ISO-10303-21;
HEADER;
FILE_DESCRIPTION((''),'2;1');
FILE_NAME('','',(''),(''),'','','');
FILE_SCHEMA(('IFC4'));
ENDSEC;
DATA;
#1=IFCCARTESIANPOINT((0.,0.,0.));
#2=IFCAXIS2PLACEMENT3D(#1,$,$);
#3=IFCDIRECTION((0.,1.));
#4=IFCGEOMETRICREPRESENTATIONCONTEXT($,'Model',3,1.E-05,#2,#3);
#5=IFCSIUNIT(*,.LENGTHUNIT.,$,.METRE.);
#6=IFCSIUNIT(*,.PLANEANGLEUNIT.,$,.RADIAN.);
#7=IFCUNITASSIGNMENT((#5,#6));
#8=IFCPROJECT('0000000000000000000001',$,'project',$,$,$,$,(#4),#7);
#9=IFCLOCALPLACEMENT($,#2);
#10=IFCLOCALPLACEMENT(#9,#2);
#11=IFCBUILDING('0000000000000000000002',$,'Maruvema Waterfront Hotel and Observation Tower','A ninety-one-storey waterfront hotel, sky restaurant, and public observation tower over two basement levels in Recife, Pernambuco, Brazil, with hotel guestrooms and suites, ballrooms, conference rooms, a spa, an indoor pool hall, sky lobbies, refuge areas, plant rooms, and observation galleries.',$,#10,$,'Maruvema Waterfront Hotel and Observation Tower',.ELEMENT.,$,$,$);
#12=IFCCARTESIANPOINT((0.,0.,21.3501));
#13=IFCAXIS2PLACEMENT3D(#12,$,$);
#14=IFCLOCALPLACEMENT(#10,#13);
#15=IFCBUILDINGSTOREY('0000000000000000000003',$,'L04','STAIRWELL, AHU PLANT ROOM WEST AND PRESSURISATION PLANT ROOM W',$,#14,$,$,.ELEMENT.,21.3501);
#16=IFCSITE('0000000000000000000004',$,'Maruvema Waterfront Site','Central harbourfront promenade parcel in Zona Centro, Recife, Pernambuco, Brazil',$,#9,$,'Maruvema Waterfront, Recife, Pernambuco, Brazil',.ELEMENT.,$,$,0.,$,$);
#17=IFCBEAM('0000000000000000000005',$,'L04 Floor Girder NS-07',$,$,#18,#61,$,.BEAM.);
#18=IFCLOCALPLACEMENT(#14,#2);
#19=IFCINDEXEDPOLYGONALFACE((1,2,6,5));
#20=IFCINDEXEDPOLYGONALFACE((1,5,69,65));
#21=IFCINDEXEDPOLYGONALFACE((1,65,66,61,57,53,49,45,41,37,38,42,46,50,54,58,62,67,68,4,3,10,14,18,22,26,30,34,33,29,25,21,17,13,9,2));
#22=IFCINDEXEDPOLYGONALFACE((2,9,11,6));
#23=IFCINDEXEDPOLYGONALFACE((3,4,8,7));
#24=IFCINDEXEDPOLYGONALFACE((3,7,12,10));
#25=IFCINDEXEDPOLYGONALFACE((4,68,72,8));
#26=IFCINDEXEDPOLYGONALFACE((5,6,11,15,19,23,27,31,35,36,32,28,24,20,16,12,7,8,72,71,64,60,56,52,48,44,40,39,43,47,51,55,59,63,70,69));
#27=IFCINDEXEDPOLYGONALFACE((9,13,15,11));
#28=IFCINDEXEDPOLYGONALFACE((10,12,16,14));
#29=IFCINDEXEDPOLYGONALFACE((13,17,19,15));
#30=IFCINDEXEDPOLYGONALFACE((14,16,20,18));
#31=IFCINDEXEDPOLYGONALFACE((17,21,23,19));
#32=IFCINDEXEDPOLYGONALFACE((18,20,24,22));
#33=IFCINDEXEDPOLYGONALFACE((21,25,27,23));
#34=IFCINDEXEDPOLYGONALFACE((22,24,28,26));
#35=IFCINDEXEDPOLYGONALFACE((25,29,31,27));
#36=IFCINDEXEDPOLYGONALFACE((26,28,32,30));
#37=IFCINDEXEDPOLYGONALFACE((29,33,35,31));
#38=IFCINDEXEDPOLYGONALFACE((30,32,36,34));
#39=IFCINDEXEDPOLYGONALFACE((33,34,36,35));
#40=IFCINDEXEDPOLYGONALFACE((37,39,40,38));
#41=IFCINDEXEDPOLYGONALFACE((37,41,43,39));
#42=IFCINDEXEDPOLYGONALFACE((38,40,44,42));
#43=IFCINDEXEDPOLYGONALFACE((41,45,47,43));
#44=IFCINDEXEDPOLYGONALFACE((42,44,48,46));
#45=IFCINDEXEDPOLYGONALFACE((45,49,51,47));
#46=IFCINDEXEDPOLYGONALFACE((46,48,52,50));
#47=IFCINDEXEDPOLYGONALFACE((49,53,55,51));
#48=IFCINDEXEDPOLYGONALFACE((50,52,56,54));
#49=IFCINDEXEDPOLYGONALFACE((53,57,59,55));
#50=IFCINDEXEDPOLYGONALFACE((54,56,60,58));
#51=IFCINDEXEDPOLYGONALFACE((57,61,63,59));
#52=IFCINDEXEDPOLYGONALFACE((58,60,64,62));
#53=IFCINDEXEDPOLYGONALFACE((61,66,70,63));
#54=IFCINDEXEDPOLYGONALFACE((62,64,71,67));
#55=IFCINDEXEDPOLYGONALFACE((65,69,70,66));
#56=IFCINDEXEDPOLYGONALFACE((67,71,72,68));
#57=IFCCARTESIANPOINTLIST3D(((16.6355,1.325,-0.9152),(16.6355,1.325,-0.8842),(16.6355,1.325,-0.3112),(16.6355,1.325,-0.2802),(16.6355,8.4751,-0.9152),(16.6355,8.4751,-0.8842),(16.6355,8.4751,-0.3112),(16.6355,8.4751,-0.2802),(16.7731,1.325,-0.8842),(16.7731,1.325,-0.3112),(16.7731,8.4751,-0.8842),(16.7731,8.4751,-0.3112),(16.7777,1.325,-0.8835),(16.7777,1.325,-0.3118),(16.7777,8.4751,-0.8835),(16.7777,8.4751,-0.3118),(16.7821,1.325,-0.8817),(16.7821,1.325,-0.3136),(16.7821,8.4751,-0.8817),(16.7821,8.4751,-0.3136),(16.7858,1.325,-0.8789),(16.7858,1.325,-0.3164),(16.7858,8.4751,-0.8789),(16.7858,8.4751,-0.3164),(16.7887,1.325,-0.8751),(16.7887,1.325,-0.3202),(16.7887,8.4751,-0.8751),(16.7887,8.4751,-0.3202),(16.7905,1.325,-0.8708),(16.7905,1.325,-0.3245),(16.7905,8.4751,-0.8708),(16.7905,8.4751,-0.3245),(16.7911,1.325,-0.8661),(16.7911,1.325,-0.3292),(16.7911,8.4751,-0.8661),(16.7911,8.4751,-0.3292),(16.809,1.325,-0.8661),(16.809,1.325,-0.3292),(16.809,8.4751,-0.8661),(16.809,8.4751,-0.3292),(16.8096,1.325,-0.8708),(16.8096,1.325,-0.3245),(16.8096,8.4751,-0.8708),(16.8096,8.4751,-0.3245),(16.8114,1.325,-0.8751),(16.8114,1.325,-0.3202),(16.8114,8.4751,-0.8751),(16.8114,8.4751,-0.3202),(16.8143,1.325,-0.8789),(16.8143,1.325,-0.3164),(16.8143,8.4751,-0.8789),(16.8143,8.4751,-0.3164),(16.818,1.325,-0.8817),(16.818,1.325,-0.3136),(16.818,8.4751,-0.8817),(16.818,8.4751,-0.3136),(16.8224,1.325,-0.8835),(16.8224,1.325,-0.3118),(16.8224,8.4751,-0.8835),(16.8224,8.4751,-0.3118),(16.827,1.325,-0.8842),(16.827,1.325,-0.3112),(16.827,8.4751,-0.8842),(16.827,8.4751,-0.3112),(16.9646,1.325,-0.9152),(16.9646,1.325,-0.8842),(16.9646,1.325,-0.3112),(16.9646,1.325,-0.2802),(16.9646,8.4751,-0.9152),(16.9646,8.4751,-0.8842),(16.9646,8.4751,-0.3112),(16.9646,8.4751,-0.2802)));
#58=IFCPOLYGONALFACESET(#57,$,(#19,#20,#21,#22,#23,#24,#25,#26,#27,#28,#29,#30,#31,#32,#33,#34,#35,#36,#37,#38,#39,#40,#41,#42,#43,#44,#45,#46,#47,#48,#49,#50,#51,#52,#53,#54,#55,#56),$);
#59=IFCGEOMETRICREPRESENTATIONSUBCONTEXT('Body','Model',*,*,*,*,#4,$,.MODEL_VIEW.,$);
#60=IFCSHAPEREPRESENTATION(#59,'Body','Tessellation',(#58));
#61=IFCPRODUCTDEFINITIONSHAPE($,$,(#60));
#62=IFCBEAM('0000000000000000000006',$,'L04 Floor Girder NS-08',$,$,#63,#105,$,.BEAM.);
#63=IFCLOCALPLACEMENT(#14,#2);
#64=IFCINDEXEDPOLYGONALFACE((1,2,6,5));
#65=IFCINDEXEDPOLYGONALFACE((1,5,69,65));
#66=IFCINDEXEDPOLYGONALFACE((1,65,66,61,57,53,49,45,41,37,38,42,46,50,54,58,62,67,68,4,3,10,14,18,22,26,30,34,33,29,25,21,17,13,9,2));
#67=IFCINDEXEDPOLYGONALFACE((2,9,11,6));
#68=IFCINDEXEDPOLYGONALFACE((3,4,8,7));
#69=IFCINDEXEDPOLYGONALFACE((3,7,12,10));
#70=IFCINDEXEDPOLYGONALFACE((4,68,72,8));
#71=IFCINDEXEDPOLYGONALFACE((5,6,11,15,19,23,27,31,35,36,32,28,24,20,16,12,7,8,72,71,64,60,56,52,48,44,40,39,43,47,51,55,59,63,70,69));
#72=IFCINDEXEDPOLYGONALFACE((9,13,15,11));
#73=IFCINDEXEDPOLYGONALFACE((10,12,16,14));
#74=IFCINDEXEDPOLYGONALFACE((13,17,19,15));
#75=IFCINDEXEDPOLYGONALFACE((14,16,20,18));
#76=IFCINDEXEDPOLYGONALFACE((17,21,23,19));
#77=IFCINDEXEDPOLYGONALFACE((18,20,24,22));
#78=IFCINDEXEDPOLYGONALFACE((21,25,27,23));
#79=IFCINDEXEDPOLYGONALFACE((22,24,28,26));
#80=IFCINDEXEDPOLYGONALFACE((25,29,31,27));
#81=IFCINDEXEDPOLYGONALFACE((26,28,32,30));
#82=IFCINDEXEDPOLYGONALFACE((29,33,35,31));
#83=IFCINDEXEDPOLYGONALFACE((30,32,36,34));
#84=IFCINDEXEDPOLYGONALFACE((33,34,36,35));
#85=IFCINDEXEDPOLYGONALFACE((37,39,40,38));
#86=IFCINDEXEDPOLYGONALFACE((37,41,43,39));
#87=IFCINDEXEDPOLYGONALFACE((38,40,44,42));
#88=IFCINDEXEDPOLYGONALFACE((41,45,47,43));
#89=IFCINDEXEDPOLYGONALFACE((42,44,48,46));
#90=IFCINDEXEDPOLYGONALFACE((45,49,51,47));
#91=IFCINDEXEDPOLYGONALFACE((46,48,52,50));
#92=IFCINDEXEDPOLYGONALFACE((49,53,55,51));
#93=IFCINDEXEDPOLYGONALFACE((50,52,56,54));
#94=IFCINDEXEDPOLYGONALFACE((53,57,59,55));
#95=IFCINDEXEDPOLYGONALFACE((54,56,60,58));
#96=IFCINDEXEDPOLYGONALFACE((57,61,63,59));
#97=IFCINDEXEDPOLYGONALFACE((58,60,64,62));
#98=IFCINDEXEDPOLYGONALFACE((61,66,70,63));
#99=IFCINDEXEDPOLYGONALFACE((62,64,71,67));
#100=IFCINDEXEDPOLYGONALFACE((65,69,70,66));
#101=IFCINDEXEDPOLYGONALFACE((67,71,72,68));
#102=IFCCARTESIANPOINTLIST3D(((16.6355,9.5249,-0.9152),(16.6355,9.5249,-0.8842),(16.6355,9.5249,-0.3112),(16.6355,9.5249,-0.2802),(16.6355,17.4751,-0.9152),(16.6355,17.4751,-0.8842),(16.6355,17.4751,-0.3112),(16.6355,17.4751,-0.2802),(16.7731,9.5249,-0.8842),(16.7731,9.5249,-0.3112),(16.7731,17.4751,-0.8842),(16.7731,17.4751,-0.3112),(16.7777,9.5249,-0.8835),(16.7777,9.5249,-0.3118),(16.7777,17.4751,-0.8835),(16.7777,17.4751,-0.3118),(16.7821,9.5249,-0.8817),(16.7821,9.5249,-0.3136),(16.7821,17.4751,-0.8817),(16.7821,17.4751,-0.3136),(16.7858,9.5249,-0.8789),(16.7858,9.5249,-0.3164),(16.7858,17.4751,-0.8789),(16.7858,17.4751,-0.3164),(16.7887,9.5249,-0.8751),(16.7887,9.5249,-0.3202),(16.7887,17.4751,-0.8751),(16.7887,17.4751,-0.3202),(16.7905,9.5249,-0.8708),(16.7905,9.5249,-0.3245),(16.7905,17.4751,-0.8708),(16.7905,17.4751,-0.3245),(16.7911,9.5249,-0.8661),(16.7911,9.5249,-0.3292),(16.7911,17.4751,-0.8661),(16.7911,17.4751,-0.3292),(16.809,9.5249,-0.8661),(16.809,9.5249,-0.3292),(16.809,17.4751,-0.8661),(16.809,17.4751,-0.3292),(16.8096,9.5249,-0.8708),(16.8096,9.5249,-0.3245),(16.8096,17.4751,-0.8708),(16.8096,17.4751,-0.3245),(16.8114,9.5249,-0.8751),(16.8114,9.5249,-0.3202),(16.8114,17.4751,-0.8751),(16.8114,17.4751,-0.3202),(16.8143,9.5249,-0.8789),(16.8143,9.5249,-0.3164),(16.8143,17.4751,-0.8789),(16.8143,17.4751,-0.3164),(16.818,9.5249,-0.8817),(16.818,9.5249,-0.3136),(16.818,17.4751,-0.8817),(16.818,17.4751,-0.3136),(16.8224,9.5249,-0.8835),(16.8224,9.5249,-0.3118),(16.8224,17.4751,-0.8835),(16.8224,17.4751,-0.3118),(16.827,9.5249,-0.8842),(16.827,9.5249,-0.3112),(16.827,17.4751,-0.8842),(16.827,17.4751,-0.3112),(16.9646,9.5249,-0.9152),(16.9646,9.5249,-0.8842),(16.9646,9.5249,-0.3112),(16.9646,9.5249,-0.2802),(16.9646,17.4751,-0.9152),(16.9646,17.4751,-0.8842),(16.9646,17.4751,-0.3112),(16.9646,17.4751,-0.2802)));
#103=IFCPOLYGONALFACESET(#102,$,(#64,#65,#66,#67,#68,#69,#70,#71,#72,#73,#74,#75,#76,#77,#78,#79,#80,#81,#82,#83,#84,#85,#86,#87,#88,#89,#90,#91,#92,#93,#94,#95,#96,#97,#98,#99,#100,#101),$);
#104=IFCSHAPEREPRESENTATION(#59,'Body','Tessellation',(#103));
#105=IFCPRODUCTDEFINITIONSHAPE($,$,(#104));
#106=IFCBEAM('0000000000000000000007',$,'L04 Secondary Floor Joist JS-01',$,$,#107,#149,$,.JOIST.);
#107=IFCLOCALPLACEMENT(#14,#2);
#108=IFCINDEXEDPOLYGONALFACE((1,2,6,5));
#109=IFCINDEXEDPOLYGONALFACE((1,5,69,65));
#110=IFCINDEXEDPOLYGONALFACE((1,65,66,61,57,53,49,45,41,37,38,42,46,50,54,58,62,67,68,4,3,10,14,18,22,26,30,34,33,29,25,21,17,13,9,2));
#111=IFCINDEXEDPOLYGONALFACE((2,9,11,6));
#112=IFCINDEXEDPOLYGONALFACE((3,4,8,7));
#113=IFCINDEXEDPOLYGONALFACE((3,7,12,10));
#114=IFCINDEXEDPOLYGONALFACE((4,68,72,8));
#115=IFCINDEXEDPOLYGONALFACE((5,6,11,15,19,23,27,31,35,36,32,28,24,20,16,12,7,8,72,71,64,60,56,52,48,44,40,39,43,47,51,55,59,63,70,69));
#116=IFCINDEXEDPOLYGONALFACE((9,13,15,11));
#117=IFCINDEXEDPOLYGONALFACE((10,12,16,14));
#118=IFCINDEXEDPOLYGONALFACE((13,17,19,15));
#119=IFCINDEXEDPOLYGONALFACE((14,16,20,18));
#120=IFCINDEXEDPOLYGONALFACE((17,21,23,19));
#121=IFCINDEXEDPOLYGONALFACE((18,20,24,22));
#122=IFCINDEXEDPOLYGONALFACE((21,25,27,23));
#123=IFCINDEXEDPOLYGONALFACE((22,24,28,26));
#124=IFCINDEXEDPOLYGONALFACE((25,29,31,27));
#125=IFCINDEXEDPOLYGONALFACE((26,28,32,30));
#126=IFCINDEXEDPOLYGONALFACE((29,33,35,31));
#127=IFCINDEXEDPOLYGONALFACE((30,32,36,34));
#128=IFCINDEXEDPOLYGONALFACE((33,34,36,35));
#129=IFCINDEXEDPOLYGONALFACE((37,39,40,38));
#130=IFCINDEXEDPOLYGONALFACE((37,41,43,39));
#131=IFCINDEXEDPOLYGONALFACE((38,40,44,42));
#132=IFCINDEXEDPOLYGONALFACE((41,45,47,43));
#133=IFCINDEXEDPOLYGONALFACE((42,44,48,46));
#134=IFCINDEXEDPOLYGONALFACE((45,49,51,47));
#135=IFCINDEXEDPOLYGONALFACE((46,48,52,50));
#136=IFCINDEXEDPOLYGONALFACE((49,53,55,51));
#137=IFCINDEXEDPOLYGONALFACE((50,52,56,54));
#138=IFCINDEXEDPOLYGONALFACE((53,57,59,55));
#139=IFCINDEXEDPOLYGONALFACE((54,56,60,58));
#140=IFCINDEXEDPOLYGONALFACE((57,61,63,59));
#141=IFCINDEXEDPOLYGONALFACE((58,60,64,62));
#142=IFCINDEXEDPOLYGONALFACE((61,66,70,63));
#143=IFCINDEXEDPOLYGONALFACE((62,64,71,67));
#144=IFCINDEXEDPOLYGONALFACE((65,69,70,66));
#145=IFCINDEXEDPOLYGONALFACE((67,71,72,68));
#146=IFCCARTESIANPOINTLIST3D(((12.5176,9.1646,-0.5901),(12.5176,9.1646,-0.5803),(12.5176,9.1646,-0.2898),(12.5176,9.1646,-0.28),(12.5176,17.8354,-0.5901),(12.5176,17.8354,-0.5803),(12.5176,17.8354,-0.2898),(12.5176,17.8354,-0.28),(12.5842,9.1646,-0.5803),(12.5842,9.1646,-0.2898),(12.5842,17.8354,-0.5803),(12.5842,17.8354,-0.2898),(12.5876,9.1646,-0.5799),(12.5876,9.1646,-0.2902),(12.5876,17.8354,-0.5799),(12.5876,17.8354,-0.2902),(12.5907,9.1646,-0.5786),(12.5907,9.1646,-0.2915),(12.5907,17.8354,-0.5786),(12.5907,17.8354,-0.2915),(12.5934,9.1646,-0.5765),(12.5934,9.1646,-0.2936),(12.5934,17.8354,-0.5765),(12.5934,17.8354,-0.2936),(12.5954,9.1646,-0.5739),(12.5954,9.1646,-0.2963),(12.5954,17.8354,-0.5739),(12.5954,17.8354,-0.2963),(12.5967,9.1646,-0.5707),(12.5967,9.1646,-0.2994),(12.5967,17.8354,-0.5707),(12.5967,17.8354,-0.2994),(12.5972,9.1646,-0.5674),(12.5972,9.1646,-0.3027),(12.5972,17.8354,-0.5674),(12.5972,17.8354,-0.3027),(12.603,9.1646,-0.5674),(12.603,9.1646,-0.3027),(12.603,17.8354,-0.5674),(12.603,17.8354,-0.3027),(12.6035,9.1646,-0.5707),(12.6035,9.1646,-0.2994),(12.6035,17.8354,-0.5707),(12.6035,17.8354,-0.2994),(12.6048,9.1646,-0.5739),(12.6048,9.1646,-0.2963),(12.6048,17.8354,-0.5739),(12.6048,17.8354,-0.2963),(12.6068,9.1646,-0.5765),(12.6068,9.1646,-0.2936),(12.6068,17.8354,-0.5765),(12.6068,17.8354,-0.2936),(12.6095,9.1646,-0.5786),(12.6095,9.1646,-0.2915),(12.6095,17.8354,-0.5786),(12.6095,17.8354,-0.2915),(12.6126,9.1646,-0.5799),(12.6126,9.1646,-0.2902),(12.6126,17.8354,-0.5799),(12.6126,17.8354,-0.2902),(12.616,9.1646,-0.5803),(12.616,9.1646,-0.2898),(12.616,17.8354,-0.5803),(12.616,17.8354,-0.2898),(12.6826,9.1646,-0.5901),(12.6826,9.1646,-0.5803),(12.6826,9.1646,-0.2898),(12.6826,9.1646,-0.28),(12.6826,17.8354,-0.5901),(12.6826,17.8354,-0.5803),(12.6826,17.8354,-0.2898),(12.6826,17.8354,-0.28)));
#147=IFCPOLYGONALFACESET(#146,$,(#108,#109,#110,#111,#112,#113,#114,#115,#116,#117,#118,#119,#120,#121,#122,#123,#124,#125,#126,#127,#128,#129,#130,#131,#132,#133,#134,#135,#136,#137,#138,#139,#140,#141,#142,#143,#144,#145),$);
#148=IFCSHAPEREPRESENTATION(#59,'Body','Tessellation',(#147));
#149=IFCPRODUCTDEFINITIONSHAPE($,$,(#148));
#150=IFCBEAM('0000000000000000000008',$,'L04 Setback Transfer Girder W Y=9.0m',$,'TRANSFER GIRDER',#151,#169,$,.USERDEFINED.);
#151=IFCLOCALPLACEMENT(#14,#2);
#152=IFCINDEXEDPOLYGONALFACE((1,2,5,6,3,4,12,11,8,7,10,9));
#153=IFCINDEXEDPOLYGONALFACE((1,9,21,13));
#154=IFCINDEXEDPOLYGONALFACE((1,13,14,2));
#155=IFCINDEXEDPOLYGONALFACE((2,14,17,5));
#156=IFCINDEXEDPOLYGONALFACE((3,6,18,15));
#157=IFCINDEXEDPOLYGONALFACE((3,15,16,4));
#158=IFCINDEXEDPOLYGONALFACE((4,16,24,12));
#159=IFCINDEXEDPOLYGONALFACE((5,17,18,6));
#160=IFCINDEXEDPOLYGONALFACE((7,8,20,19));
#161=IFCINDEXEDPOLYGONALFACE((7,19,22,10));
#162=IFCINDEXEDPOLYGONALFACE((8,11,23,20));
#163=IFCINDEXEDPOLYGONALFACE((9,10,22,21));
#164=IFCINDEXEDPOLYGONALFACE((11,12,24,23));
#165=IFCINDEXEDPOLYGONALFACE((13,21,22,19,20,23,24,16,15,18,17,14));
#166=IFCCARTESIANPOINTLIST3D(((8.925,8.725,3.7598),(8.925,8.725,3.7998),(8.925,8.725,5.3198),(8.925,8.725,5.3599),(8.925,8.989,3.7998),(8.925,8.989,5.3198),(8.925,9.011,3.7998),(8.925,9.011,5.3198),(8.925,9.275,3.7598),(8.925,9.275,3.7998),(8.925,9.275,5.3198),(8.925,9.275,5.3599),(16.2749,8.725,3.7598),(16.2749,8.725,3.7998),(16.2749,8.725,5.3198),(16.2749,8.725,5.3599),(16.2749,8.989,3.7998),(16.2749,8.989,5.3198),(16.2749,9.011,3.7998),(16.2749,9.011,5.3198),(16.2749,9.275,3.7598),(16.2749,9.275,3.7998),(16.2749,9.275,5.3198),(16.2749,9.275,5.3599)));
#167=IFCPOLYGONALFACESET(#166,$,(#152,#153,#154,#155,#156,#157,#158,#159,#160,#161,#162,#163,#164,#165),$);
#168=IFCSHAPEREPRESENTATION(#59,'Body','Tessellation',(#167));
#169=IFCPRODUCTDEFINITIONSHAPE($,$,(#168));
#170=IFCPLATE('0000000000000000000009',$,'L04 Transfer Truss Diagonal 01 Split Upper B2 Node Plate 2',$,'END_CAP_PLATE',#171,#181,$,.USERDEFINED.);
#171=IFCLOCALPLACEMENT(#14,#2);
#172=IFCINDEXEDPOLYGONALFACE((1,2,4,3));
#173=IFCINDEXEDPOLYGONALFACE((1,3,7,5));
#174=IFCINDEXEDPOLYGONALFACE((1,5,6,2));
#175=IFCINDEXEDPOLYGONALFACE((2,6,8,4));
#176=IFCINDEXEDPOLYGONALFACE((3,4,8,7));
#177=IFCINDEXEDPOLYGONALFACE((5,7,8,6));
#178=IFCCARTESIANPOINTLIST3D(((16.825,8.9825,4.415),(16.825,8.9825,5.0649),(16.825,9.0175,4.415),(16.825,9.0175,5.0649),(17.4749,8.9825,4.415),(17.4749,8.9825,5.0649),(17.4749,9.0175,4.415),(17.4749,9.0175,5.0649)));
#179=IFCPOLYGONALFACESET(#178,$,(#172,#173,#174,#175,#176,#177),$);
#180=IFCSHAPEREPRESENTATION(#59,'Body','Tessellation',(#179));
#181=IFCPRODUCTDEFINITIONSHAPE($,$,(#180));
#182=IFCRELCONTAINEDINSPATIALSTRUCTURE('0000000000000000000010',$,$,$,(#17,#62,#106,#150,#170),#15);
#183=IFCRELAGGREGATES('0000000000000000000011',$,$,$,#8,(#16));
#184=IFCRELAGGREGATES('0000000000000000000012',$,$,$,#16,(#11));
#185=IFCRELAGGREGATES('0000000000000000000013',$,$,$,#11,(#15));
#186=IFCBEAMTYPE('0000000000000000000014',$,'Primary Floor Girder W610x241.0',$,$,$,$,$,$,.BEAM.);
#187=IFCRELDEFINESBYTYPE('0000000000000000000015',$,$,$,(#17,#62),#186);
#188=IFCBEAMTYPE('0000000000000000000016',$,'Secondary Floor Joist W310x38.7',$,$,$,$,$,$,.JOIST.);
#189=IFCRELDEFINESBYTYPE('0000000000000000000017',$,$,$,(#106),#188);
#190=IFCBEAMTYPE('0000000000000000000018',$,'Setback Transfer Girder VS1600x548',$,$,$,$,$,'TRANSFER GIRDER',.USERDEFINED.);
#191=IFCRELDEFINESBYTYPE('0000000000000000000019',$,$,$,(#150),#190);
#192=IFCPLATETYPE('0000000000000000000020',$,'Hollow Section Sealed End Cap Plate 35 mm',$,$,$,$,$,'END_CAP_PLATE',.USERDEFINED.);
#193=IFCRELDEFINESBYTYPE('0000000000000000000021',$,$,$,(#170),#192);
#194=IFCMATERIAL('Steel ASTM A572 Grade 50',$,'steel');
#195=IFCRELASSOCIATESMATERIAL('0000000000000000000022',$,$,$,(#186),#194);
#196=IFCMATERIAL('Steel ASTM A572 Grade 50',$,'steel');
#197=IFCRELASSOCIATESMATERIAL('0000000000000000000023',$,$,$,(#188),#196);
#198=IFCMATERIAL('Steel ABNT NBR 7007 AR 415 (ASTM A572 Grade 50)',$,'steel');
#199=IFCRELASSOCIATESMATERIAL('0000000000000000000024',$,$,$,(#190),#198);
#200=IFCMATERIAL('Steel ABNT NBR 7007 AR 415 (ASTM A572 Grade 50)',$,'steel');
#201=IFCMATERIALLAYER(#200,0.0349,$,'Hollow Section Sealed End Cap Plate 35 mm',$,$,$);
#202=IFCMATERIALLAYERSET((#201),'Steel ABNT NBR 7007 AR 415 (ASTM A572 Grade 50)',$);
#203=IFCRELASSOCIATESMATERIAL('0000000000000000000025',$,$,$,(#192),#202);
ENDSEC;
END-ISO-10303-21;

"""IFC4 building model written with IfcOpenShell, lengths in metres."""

from ifc_helpers import new_model, si_unit, direction, frame, origin, origin_2d, place, context, subcontext, project, spatial, rectangle, i_section, extrude, material, layer, layer_set, material_profile, profile_set, type_object, element, save


model = new_model("IFC4")

# Units and contexts
model_context = context("Model", 3, precision=1e-05, world=origin(), true_north=direction((0.0, 1.0)))
body_context = subcontext(model_context, "Body", "Model", "MODEL_VIEW")
ifc_project = project(units=[si_unit("LENGTHUNIT", "METRE"), si_unit("PLANEANGLEUNIT", "RADIAN")], contexts=[model_context])

# Site, building, storey
site_placement = place(None, origin())
site = spatial("IfcSite", under=ifc_project, at=site_placement, Name="Maruvema Waterfront Site", Description="Central harbourfront promenade parcel in Zona Centro, Recife, Pernambuco, Brazil", LongName="Maruvema Waterfront, Recife, Pernambuco, Brazil", CompositionType="ELEMENT", RefElevation=0.0)
building_placement = place(site_placement, origin())
building = spatial("IfcBuilding", under=site, at=building_placement, Name="Maruvema Waterfront Hotel and Observation Tower", Description="A ninety-one-storey waterfront hotel, sky restaurant, and public observation tower over two basement levels in Recife, Pernambuco, Brazil, with hotel guestrooms and suites, ballrooms, conference rooms, a spa, an indoor pool hall, sky lobbies, refuge areas, plant rooms, and observation galleries.", LongName="Maruvema Waterfront Hotel and Observation Tower", CompositionType="ELEMENT")
storey_placement = place(building_placement, frame((0.0, 0.0, 21.3501)))
storey = spatial("IfcBuildingStorey", under=building, at=storey_placement, Name="L04", Description="STAIRWELL, AHU PLANT ROOM WEST AND PRESSURISATION PLANT ROOM W", CompositionType="ELEMENT", Elevation=21.3501)

# Beams
ifc_material_1 = material(Name="Steel ASTM A572 Grade 50", Category="steel")
ifc_material_profile_1 = material_profile(ifc_material_1, i_section(OverallWidth=0.3291, OverallDepth=0.635, WebThickness=0.0178, FlangeThickness=0.031, FilletRadius=0.0181, at=origin_2d()), Name="W610x241.0")
ifc_profile_set_1 = profile_set([ifc_material_profile_1], Name="Steel ASTM A572 Grade 50")
beam_type_1 = type_object("IfcBeamType", Name="Primary Floor Girder W610x241.0", PredefinedType="BEAM", material=ifc_profile_set_1)
beam_1_placement = place(storey_placement, frame((16.8, 1.325, -0.5977), z_axis=(0.0, 1.0, 0.0), x_axis=(-1.0, 0.0, 0.0)))
element("IfcBeam", 1, at=beam_1_placement, inside=storey, type_object=beam_type_1, Name="L04 Floor Girder NS-07", PredefinedType="BEAM", context=body_context, shape_type="SweptSolid", body=[
    extrude(i_section(OverallWidth=0.3291, OverallDepth=0.635, WebThickness=0.0178, FlangeThickness=0.031, FilletRadius=0.0181, at=origin_2d()), origin(), (0.0, 0.0, 1.0), 7.1501),
])
beam_2_placement = place(storey_placement, frame((16.8, 9.5249, -0.5977), z_axis=(0.0, 1.0, 0.0), x_axis=(-1.0, 0.0, 0.0)))
element("IfcBeam", 2, at=beam_2_placement, inside=storey, type_object=beam_type_1, Name="L04 Floor Girder NS-08", PredefinedType="BEAM", context=body_context, shape_type="SweptSolid", body=[
    extrude(i_section(OverallWidth=0.3291, OverallDepth=0.635, WebThickness=0.0178, FlangeThickness=0.031, FilletRadius=0.0181, at=origin_2d()), origin(), (0.0, 0.0, 1.0), 7.9502),
])
ifc_material_2 = material(Name="Steel ASTM A572 Grade 50", Category="steel")
ifc_material_profile_2 = material_profile(ifc_material_2, i_section(OverallWidth=0.165, OverallDepth=0.3101, WebThickness=0.0059, FlangeThickness=0.0098, FilletRadius=0.0129, at=origin_2d()), Name="W310x38.7")
ifc_profile_set_2 = profile_set([ifc_material_profile_2], Name="Steel ASTM A572 Grade 50")
beam_type_2 = type_object("IfcBeamType", Name="Secondary Floor Joist W310x38.7", PredefinedType="JOIST", material=ifc_profile_set_2)
beam_3_placement = place(storey_placement, frame((12.6001, 9.1646, -0.4351), z_axis=(0.0, 1.0, 0.0), x_axis=(-1.0, 0.0, 0.0)))
element("IfcBeam", 3, at=beam_3_placement, inside=storey, type_object=beam_type_2, Name="L04 Secondary Floor Joist JS-01", PredefinedType="JOIST", context=body_context, shape_type="SweptSolid", body=[
    extrude(i_section(OverallWidth=0.165, OverallDepth=0.3101, WebThickness=0.0059, FlangeThickness=0.0098, FilletRadius=0.0129, at=origin_2d()), origin(), (0.0, 0.0, 1.0), 8.6709),
])
ifc_material_3 = material(Name="Steel ABNT NBR 7007 AR 415 (ASTM A572 Grade 50)", Category="steel")
ifc_material_profile_3 = material_profile(ifc_material_3, i_section(OverallWidth=0.55, OverallDepth=1.6001, WebThickness=0.022, FlangeThickness=0.04, at=origin_2d()), Name="VS1600x548")
ifc_profile_set_3 = profile_set([ifc_material_profile_3], Name="Steel ABNT NBR 7007 AR 415 (ASTM A572 Grade 50)")
beam_type_3 = type_object("IfcBeamType", Name="Setback Transfer Girder VS1600x548", ElementType="TRANSFER GIRDER", PredefinedType="USERDEFINED", material=ifc_profile_set_3)
beam_4_placement = place(storey_placement, frame((8.925, 9.0, 4.5598), z_axis=(1.0, 0.0, 0.0), x_axis=(0.0, 1.0, 0.0)))
element("IfcBeam", 4, at=beam_4_placement, inside=storey, type_object=beam_type_3, Name="L04 Setback Transfer Girder W Y=9.0m", ObjectType="TRANSFER GIRDER", PredefinedType="USERDEFINED", context=body_context, shape_type="SweptSolid", body=[
    extrude(i_section(OverallWidth=0.55, OverallDepth=1.6001, WebThickness=0.022, FlangeThickness=0.04, at=origin_2d()), origin(), (0.0, 0.0, 1.0), 7.3499),
])

# Plate
ifc_material_4 = material(Name="Steel ABNT NBR 7007 AR 415 (ASTM A572 Grade 50)", Category="steel")
ifc_layer_1 = layer(ifc_material_4, 0.0349, Name="Hollow Section Sealed End Cap Plate 35 mm")
ifc_layer_set_1 = layer_set([ifc_layer_1], Name="Steel ABNT NBR 7007 AR 415 (ASTM A572 Grade 50)")
plate_type_1 = type_object("IfcPlateType", Name="Hollow Section Sealed End Cap Plate 35 mm", ElementType="END_CAP_PLATE", PredefinedType="USERDEFINED", material=ifc_layer_set_1)
plate_1_placement = place(storey_placement, frame((17.1499, 9.0, 4.415), z_axis=(0.0, 0.0, 1.0), x_axis=(-1.0, 0.0, 0.0)))
element("IfcPlate", 5, at=plate_1_placement, inside=storey, type_object=plate_type_1, Name="L04 Transfer Truss Diagonal 01 Split Upper B2 Node Plate 2", ObjectType="END_CAP_PLATE", PredefinedType="USERDEFINED", context=body_context, shape_type="SweptSolid", body=[
    extrude(rectangle(XDim=0.6499, YDim=0.0349, at=origin_2d()), origin(), (0.0, 0.0, 1.0), 0.6499),
])

save(model, "model.ifc")
